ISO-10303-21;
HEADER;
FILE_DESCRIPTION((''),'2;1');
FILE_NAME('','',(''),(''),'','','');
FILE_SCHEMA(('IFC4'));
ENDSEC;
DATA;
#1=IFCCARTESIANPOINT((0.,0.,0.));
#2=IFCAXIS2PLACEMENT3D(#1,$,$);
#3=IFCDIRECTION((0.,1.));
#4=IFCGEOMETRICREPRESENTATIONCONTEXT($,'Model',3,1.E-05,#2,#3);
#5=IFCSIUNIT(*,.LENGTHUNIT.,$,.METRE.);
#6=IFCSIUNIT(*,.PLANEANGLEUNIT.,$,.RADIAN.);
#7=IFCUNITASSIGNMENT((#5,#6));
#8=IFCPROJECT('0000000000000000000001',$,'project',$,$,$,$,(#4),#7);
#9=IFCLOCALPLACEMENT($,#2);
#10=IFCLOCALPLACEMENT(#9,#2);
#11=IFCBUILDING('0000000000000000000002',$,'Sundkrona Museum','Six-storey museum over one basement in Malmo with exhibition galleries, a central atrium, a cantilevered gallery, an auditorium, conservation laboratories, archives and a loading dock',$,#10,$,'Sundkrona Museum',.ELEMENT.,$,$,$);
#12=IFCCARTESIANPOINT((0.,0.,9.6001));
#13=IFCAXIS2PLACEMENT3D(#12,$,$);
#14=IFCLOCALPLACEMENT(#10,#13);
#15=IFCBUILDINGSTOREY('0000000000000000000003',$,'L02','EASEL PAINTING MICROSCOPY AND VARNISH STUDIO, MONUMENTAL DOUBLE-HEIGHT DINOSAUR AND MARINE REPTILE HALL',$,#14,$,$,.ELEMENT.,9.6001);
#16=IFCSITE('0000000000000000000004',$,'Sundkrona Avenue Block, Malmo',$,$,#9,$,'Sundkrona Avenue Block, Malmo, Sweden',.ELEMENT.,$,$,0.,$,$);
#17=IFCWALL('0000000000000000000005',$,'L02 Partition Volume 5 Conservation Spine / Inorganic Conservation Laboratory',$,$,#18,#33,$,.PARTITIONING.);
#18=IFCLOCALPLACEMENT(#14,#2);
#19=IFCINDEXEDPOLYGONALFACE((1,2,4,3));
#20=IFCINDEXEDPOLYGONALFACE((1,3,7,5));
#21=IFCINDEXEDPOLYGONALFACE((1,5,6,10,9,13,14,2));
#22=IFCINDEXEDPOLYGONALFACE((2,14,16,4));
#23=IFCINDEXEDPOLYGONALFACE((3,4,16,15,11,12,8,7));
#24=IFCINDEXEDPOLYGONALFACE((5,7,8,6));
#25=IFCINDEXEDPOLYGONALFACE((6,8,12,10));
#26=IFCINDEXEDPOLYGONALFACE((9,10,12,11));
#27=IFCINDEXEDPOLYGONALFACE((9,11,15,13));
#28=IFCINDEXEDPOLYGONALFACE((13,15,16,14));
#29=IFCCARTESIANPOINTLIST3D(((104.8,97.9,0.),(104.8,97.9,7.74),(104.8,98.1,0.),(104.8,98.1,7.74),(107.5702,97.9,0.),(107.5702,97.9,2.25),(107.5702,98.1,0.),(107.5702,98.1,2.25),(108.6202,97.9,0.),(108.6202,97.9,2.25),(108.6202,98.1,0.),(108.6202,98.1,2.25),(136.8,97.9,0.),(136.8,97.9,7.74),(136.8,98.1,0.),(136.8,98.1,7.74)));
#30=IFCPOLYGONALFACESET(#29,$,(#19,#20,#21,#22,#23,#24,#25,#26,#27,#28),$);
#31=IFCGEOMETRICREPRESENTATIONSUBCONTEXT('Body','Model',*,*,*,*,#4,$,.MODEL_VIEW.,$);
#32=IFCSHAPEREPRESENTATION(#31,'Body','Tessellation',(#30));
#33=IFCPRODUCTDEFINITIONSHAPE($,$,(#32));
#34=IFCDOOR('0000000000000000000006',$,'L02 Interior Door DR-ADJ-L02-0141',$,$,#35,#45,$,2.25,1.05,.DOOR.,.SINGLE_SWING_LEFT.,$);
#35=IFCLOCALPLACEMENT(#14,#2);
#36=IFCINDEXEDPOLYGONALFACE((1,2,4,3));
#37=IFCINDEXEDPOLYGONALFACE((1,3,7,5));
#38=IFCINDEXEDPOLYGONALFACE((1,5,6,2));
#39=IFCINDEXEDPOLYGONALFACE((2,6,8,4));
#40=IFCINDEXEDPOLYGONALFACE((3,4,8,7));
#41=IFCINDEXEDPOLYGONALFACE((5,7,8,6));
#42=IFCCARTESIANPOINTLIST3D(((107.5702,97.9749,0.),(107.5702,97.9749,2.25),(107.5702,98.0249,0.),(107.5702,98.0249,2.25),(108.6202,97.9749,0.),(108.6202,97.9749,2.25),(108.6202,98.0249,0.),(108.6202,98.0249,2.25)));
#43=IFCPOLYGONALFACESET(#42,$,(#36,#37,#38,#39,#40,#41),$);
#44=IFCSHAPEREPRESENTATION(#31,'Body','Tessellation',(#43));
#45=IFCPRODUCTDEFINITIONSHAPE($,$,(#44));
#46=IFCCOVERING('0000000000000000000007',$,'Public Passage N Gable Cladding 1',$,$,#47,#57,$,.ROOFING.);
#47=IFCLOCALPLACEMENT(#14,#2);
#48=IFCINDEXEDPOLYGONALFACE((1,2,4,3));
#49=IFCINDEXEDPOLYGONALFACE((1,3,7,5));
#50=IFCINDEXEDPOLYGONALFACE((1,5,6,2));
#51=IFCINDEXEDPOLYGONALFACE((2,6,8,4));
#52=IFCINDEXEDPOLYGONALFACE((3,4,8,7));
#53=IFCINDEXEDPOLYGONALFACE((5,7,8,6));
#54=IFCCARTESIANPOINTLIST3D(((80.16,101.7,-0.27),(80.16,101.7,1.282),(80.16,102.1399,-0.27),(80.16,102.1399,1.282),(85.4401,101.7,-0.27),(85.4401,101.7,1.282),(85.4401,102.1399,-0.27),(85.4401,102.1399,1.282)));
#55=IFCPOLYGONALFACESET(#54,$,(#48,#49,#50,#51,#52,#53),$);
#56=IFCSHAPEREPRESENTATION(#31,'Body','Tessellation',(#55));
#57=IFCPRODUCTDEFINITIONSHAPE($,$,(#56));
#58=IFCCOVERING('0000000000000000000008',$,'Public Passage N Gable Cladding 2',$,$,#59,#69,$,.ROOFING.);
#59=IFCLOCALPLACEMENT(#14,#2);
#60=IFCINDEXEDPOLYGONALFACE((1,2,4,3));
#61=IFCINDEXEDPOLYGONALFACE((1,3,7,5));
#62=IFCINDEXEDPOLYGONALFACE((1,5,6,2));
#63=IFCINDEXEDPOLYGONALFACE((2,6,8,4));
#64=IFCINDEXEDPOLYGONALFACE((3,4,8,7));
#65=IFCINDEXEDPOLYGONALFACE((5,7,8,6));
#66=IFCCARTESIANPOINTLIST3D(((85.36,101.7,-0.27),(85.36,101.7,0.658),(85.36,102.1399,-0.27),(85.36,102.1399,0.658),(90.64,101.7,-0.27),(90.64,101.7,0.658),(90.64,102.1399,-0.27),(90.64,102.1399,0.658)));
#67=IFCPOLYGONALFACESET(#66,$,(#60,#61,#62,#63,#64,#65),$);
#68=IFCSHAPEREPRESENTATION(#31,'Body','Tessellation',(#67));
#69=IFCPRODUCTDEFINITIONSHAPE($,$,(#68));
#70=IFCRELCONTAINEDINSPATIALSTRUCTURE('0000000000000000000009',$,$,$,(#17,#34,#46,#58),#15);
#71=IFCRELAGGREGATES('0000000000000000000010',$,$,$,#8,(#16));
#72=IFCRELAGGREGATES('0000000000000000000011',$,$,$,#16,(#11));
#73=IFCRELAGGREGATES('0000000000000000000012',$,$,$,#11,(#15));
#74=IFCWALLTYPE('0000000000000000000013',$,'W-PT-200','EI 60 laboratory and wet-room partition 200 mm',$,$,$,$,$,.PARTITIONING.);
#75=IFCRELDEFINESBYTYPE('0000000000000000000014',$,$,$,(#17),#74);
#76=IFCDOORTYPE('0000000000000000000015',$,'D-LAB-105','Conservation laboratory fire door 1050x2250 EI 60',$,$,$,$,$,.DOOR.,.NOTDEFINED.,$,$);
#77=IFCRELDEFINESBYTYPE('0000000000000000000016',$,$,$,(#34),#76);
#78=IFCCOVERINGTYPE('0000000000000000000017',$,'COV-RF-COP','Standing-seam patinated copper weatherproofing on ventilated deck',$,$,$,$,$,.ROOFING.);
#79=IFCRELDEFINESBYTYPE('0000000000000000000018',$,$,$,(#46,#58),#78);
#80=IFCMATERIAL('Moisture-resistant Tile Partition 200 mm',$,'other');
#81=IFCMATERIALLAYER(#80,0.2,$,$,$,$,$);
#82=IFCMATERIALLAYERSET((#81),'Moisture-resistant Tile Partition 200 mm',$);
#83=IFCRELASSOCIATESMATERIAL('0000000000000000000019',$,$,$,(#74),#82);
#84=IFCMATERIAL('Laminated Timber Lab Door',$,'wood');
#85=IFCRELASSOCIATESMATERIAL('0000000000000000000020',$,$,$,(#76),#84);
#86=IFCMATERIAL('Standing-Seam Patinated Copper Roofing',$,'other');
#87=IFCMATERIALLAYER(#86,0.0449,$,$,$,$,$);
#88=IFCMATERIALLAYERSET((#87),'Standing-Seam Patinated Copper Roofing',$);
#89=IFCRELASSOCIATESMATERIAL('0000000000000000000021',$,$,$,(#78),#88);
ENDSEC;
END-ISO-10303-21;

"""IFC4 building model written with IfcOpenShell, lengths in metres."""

from ifc_helpers import new_model, si_unit, direction, frame, frame_2d, origin, origin_2d, place, context, subcontext, project, spatial, rectangle, extrude, material, layer, layer_set, type_object, element, fill, save


model = new_model("IFC4")

# Units and contexts
model_context = context("Model", 3, precision=1e-05, world=origin(), true_north=direction((0.0, 1.0)))
body_context = subcontext(model_context, "Body", "Model", "MODEL_VIEW")
ifc_project = project(units=[si_unit("LENGTHUNIT", "METRE"), si_unit("PLANEANGLEUNIT", "RADIAN")], contexts=[model_context])

# Site, building, storey
site_placement = place(None, origin())
site = spatial("IfcSite", under=ifc_project, at=site_placement, Name="Sundkrona Avenue Block, Malmo", LongName="Sundkrona Avenue Block, Malmo, Sweden", CompositionType="ELEMENT", RefElevation=0.0)
building_placement = place(site_placement, origin())
building = spatial("IfcBuilding", under=site, at=building_placement, Name="Sundkrona Museum", Description="Six-storey museum over one basement in Malmo with exhibition galleries, a central atrium, a cantilevered gallery, an auditorium, conservation laboratories, archives and a loading dock", LongName="Sundkrona Museum", CompositionType="ELEMENT")
storey_placement = place(building_placement, frame((0.0, 0.0, 9.6001)))
storey = spatial("IfcBuildingStorey", under=building, at=storey_placement, Name="L02", Description="EASEL PAINTING MICROSCOPY AND VARNISH STUDIO, MONUMENTAL DOUBLE-HEIGHT DINOSAUR AND MARINE REPTILE HALL", CompositionType="ELEMENT", Elevation=9.6001)

# Wall, opening, door
ifc_material_1 = material(Name="Moisture-resistant Tile Partition 200 mm", Category="other")
ifc_layer_1 = layer(ifc_material_1, 0.2)
ifc_layer_set_1 = layer_set([ifc_layer_1], Name="Moisture-resistant Tile Partition 200 mm")
wall_type_1 = type_object("IfcWallType", Name="W-PT-200", Description="EI 60 laboratory and wet-room partition 200 mm", PredefinedType="PARTITIONING", material=ifc_layer_set_1)
wall_1_placement = place(storey_placement, frame((104.8, 98.0, 0.0), z_axis=(0.0, 0.0, 1.0), x_axis=(1.0, 0.0, 0.0)))
wall_1 = element("IfcWall", 1, at=wall_1_placement, inside=storey, type_object=wall_type_1, Name="L02 Partition Volume 5 Conservation Spine / Inorganic Conservation Laboratory", PredefinedType="PARTITIONING", context=body_context, shape_type="SweptSolid", body=[
    extrude(rectangle(XDim=32.0, YDim=0.2, at=frame_2d((16.0, 0.0))), origin(), (0.0, 0.0, 1.0), 7.74),
])
opening_1_placement = place(wall_1_placement, frame((2.7703, 0.0, 0.0)))
opening_1 = element("IfcOpeningElement", 2, at=opening_1_placement, cuts=wall_1, PredefinedType="OPENING", context=body_context, shape_type="SweptSolid", body=[
    extrude(rectangle(XDim=1.05, YDim=2.25, at=frame_2d((0.5249, 1.125))), frame((0.0, 0.1099, 0.0), z_axis=(0.0, -1.0, 0.0), x_axis=(1.0, 0.0, 0.0)), (0.0, 0.0, 1.0), 0.22),
])
ifc_material_2 = material(Name="Laminated Timber Lab Door", Category="wood")
door_type = type_object("IfcDoorType", Name="D-LAB-105", Description="Conservation laboratory fire door 1050x2250 EI 60", OperationType="NOTDEFINED", PredefinedType="DOOR", material=ifc_material_2)
door_placement = place(opening_1_placement, origin())
door = element("IfcDoor", 3, at=door_placement, inside=storey, type_object=door_type, Name="L02 Interior Door DR-ADJ-L02-0141", OperationType="SINGLE_SWING_LEFT", OverallHeight=2.25, OverallWidth=1.05, PredefinedType="DOOR", context=body_context, shape_type="SweptSolid", body=[
    extrude(rectangle(XDim=1.05, YDim=2.25, at=frame_2d((0.5249, 1.125))), frame((0.0, 0.0249, 0.0), z_axis=(0.0, -1.0, 0.0), x_axis=(1.0, 0.0, 0.0)), (0.0, 0.0, 1.0), 0.05),
])
fill(opening_1, door)

# Coverings
ifc_material_3 = material(Name="Standing-Seam Patinated Copper Roofing", Category="other")
ifc_layer_2 = layer(ifc_material_3, 0.0449)
ifc_layer_set_2 = layer_set([ifc_layer_2], Name="Standing-Seam Patinated Copper Roofing")
covering_type = type_object("IfcCoveringType", Name="COV-RF-COP", Description="Standing-seam patinated copper weatherproofing on ventilated deck", PredefinedType="ROOFING", material=ifc_layer_set_2)
covering_1_placement = place(storey_placement, frame((82.8, 101.9199, -0.27), z_axis=(0.0, 0.0, 1.0), x_axis=(1.0, 0.0, 0.0)))
element("IfcCovering", 4, at=covering_1_placement, inside=storey, type_object=covering_type, Name="Public Passage N Gable Cladding 1", PredefinedType="ROOFING", context=body_context, shape_type="SweptSolid", body=[
    extrude(rectangle(XDim=5.28, YDim=0.4399, at=origin_2d()), origin(), (0.0, 0.0, 1.0), 1.552),
])
covering_2_placement = place(storey_placement, frame((88.0, 101.9199, -0.27), z_axis=(0.0, 0.0, 1.0), x_axis=(1.0, 0.0, 0.0)))
element("IfcCovering", 5, at=covering_2_placement, inside=storey, type_object=covering_type, Name="Public Passage N Gable Cladding 2", PredefinedType="ROOFING", context=body_context, shape_type="SweptSolid", body=[
    extrude(rectangle(XDim=5.28, YDim=0.4399, at=origin_2d()), origin(), (0.0, 0.0, 1.0), 0.928),
])

save(model, "model.ifc")
